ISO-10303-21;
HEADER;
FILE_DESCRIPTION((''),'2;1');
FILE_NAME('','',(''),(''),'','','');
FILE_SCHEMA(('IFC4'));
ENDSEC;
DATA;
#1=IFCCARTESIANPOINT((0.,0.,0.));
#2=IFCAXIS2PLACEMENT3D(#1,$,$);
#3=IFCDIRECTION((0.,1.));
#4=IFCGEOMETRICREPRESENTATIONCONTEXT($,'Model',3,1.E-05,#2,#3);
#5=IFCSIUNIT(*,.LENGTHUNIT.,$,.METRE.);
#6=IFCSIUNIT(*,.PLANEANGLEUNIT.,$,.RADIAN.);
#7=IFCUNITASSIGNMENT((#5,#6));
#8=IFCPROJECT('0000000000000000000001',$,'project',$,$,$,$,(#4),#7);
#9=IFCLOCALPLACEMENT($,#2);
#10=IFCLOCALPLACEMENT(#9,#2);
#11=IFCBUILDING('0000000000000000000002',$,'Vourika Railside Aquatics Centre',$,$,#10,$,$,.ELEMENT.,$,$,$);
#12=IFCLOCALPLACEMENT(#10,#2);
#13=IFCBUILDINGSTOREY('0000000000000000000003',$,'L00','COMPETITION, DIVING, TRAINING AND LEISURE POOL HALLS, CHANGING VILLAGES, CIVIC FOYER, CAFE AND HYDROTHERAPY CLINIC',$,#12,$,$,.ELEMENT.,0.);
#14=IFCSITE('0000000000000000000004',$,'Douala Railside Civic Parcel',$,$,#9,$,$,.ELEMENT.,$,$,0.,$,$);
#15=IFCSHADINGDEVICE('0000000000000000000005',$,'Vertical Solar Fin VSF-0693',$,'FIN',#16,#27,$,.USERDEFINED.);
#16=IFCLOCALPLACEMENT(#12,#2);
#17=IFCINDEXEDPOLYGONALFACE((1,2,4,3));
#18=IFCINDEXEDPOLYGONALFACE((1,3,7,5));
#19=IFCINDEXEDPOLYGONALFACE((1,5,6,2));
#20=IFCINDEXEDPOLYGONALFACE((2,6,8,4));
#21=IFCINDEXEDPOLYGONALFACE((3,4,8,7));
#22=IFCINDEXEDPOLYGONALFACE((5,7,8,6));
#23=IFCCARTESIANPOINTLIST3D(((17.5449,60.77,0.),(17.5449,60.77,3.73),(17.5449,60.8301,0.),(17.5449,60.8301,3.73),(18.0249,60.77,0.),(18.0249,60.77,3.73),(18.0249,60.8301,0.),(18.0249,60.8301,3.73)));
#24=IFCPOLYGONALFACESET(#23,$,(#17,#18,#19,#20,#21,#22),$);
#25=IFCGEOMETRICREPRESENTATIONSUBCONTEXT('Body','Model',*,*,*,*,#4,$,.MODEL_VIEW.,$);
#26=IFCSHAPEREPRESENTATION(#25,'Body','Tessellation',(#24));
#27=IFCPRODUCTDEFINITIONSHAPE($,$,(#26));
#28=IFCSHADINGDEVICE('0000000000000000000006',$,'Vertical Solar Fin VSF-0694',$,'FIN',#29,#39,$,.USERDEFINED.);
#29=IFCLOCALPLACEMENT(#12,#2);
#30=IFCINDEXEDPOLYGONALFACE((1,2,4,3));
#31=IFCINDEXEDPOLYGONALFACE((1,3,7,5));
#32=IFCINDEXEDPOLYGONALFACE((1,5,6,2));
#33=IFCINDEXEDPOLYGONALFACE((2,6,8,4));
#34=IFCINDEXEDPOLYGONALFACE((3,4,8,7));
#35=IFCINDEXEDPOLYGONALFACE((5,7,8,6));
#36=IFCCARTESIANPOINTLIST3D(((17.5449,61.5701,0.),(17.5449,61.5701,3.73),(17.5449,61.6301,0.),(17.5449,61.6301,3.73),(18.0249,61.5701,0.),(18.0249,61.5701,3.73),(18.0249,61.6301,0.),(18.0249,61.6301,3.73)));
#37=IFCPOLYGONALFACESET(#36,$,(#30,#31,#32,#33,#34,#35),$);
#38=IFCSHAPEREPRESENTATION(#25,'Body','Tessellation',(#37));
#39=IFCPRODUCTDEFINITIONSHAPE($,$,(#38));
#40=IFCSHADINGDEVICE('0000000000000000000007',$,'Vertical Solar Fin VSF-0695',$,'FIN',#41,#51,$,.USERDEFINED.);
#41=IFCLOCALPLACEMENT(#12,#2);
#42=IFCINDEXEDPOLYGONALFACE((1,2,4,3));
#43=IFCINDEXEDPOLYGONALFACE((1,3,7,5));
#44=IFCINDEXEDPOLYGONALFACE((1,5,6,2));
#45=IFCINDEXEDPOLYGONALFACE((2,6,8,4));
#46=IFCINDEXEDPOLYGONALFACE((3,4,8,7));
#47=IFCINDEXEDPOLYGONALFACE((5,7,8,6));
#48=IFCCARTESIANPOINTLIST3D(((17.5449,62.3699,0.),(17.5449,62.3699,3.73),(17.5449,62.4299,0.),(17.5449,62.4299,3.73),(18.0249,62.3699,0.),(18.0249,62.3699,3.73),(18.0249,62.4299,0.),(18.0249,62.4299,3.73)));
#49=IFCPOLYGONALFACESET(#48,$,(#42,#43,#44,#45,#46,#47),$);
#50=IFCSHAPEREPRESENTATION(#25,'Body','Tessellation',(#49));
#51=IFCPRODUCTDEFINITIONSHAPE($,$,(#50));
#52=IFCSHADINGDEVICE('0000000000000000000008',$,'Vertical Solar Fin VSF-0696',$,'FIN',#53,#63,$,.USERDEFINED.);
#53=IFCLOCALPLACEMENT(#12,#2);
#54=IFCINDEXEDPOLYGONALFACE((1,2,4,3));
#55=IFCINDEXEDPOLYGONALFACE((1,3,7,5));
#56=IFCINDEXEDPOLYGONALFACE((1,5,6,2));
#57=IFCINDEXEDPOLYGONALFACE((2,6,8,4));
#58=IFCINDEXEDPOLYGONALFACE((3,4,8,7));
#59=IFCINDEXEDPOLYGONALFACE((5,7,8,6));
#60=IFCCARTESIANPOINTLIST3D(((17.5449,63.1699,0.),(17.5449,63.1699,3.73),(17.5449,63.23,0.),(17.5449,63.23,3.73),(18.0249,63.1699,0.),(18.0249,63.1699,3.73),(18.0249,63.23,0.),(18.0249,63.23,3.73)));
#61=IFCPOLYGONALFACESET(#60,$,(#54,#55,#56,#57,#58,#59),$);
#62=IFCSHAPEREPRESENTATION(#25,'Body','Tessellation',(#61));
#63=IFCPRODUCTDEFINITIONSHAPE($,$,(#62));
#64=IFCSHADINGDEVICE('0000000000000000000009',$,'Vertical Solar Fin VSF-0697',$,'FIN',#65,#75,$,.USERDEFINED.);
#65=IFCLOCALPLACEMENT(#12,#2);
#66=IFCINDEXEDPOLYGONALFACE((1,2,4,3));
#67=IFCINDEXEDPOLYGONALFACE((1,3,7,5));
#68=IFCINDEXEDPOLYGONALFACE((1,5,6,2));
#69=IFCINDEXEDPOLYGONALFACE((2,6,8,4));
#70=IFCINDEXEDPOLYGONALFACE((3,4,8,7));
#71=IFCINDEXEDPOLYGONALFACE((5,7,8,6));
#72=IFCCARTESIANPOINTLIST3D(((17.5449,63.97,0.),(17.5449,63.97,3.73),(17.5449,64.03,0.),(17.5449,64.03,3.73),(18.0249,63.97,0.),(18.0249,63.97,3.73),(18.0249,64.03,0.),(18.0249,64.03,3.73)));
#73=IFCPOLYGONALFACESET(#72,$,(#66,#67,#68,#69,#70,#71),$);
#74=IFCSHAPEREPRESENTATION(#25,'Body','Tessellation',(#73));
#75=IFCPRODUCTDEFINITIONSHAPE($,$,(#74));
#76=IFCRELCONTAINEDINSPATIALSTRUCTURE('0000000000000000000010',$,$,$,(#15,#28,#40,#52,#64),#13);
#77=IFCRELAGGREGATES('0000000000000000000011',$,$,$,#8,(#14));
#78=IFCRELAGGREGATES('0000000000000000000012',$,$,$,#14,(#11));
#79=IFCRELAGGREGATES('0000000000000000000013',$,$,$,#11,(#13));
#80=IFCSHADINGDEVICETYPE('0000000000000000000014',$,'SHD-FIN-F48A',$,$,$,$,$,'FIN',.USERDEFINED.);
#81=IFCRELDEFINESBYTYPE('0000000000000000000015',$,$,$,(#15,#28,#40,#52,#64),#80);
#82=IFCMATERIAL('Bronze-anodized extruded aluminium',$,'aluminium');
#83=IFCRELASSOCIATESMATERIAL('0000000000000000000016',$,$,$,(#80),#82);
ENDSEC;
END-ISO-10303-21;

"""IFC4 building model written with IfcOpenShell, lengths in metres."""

from ifc_helpers import new_model, si_unit, direction, frame, origin, origin_2d, place, context, subcontext, project, spatial, rectangle, extrude, material, material_profile, profile_set, type_object, element, save


model = new_model("IFC4")

# Units and contexts
model_context = context("Model", 3, precision=1e-05, world=origin(), true_north=direction((0.0, 1.0)))
body_context = subcontext(model_context, "Body", "Model", "MODEL_VIEW")
ifc_project = project(units=[si_unit("LENGTHUNIT", "METRE"), si_unit("PLANEANGLEUNIT", "RADIAN")], contexts=[model_context])

# Site, building, storey
site_placement = place(None, origin())
site = spatial("IfcSite", under=ifc_project, at=site_placement, Name="Douala Railside Civic Parcel", CompositionType="ELEMENT", RefElevation=0.0)
building_placement = place(site_placement, origin())
building = spatial("IfcBuilding", under=site, at=building_placement, Name="Vourika Railside Aquatics Centre", CompositionType="ELEMENT")
storey_placement = place(building_placement, origin())
storey = spatial("IfcBuildingStorey", under=building, at=storey_placement, Name="L00", Description="COMPETITION, DIVING, TRAINING AND LEISURE POOL HALLS, CHANGING VILLAGES, CIVIC FOYER, CAFE AND HYDROTHERAPY CLINIC", CompositionType="ELEMENT", Elevation=0.0)

# Shading devices
ifc_material_1 = material(Name="Bronze-anodized extruded aluminium", Category="aluminium")
ifc_material_profile_1 = material_profile(ifc_material_1, rectangle(XDim=0.0601, YDim=0.48, at=origin_2d()), Name="ALU-FIN 60x480")
ifc_profile_set_1 = profile_set([ifc_material_profile_1], Name="Bronze-anodized extruded aluminium")
shading_device_type = type_object("IfcShadingDeviceType", Name="SHD-FIN-F48A", ElementType="FIN", PredefinedType="USERDEFINED", material=ifc_profile_set_1)
for number, where, z_axis, x_axis, name in (
    (1, (17.7849, 60.8, 0.0), (0.0, 0.0, 1.0), (0.0, 1.0, 0.0), "Vertical Solar Fin VSF-0693"),
    (2, (17.7849, 61.6001, 0.0), (0.0, 0.0, 1.0), (0.0, 1.0, 0.0), "Vertical Solar Fin VSF-0694"),
    (3, (17.7849, 62.3999, 0.0), (0.0, 0.0, 1.0), (0.0, 1.0, 0.0), "Vertical Solar Fin VSF-0695"),
    (4, (17.7849, 63.2, 0.0), (0.0, 0.0, 1.0), (0.0, 1.0, 0.0), "Vertical Solar Fin VSF-0696"),
    (5, (17.7849, 64.0, 0.0), (0.0, 0.0, 1.0), (0.0, 1.0, 0.0), "Vertical Solar Fin VSF-0697"),
):
    element("IfcShadingDevice", number, at=place(storey_placement, frame(where, z_axis=z_axis, x_axis=x_axis)), inside=storey, type_object=shading_device_type, Name=name, ObjectType="FIN", PredefinedType="USERDEFINED", context=body_context, shape_type="SweptSolid", body=[
        extrude(rectangle(XDim=0.0601, YDim=0.48, at=origin_2d()), origin(), (0.0, 0.0, 1.0), 3.73),
    ])

save(model, "model.ifc")
